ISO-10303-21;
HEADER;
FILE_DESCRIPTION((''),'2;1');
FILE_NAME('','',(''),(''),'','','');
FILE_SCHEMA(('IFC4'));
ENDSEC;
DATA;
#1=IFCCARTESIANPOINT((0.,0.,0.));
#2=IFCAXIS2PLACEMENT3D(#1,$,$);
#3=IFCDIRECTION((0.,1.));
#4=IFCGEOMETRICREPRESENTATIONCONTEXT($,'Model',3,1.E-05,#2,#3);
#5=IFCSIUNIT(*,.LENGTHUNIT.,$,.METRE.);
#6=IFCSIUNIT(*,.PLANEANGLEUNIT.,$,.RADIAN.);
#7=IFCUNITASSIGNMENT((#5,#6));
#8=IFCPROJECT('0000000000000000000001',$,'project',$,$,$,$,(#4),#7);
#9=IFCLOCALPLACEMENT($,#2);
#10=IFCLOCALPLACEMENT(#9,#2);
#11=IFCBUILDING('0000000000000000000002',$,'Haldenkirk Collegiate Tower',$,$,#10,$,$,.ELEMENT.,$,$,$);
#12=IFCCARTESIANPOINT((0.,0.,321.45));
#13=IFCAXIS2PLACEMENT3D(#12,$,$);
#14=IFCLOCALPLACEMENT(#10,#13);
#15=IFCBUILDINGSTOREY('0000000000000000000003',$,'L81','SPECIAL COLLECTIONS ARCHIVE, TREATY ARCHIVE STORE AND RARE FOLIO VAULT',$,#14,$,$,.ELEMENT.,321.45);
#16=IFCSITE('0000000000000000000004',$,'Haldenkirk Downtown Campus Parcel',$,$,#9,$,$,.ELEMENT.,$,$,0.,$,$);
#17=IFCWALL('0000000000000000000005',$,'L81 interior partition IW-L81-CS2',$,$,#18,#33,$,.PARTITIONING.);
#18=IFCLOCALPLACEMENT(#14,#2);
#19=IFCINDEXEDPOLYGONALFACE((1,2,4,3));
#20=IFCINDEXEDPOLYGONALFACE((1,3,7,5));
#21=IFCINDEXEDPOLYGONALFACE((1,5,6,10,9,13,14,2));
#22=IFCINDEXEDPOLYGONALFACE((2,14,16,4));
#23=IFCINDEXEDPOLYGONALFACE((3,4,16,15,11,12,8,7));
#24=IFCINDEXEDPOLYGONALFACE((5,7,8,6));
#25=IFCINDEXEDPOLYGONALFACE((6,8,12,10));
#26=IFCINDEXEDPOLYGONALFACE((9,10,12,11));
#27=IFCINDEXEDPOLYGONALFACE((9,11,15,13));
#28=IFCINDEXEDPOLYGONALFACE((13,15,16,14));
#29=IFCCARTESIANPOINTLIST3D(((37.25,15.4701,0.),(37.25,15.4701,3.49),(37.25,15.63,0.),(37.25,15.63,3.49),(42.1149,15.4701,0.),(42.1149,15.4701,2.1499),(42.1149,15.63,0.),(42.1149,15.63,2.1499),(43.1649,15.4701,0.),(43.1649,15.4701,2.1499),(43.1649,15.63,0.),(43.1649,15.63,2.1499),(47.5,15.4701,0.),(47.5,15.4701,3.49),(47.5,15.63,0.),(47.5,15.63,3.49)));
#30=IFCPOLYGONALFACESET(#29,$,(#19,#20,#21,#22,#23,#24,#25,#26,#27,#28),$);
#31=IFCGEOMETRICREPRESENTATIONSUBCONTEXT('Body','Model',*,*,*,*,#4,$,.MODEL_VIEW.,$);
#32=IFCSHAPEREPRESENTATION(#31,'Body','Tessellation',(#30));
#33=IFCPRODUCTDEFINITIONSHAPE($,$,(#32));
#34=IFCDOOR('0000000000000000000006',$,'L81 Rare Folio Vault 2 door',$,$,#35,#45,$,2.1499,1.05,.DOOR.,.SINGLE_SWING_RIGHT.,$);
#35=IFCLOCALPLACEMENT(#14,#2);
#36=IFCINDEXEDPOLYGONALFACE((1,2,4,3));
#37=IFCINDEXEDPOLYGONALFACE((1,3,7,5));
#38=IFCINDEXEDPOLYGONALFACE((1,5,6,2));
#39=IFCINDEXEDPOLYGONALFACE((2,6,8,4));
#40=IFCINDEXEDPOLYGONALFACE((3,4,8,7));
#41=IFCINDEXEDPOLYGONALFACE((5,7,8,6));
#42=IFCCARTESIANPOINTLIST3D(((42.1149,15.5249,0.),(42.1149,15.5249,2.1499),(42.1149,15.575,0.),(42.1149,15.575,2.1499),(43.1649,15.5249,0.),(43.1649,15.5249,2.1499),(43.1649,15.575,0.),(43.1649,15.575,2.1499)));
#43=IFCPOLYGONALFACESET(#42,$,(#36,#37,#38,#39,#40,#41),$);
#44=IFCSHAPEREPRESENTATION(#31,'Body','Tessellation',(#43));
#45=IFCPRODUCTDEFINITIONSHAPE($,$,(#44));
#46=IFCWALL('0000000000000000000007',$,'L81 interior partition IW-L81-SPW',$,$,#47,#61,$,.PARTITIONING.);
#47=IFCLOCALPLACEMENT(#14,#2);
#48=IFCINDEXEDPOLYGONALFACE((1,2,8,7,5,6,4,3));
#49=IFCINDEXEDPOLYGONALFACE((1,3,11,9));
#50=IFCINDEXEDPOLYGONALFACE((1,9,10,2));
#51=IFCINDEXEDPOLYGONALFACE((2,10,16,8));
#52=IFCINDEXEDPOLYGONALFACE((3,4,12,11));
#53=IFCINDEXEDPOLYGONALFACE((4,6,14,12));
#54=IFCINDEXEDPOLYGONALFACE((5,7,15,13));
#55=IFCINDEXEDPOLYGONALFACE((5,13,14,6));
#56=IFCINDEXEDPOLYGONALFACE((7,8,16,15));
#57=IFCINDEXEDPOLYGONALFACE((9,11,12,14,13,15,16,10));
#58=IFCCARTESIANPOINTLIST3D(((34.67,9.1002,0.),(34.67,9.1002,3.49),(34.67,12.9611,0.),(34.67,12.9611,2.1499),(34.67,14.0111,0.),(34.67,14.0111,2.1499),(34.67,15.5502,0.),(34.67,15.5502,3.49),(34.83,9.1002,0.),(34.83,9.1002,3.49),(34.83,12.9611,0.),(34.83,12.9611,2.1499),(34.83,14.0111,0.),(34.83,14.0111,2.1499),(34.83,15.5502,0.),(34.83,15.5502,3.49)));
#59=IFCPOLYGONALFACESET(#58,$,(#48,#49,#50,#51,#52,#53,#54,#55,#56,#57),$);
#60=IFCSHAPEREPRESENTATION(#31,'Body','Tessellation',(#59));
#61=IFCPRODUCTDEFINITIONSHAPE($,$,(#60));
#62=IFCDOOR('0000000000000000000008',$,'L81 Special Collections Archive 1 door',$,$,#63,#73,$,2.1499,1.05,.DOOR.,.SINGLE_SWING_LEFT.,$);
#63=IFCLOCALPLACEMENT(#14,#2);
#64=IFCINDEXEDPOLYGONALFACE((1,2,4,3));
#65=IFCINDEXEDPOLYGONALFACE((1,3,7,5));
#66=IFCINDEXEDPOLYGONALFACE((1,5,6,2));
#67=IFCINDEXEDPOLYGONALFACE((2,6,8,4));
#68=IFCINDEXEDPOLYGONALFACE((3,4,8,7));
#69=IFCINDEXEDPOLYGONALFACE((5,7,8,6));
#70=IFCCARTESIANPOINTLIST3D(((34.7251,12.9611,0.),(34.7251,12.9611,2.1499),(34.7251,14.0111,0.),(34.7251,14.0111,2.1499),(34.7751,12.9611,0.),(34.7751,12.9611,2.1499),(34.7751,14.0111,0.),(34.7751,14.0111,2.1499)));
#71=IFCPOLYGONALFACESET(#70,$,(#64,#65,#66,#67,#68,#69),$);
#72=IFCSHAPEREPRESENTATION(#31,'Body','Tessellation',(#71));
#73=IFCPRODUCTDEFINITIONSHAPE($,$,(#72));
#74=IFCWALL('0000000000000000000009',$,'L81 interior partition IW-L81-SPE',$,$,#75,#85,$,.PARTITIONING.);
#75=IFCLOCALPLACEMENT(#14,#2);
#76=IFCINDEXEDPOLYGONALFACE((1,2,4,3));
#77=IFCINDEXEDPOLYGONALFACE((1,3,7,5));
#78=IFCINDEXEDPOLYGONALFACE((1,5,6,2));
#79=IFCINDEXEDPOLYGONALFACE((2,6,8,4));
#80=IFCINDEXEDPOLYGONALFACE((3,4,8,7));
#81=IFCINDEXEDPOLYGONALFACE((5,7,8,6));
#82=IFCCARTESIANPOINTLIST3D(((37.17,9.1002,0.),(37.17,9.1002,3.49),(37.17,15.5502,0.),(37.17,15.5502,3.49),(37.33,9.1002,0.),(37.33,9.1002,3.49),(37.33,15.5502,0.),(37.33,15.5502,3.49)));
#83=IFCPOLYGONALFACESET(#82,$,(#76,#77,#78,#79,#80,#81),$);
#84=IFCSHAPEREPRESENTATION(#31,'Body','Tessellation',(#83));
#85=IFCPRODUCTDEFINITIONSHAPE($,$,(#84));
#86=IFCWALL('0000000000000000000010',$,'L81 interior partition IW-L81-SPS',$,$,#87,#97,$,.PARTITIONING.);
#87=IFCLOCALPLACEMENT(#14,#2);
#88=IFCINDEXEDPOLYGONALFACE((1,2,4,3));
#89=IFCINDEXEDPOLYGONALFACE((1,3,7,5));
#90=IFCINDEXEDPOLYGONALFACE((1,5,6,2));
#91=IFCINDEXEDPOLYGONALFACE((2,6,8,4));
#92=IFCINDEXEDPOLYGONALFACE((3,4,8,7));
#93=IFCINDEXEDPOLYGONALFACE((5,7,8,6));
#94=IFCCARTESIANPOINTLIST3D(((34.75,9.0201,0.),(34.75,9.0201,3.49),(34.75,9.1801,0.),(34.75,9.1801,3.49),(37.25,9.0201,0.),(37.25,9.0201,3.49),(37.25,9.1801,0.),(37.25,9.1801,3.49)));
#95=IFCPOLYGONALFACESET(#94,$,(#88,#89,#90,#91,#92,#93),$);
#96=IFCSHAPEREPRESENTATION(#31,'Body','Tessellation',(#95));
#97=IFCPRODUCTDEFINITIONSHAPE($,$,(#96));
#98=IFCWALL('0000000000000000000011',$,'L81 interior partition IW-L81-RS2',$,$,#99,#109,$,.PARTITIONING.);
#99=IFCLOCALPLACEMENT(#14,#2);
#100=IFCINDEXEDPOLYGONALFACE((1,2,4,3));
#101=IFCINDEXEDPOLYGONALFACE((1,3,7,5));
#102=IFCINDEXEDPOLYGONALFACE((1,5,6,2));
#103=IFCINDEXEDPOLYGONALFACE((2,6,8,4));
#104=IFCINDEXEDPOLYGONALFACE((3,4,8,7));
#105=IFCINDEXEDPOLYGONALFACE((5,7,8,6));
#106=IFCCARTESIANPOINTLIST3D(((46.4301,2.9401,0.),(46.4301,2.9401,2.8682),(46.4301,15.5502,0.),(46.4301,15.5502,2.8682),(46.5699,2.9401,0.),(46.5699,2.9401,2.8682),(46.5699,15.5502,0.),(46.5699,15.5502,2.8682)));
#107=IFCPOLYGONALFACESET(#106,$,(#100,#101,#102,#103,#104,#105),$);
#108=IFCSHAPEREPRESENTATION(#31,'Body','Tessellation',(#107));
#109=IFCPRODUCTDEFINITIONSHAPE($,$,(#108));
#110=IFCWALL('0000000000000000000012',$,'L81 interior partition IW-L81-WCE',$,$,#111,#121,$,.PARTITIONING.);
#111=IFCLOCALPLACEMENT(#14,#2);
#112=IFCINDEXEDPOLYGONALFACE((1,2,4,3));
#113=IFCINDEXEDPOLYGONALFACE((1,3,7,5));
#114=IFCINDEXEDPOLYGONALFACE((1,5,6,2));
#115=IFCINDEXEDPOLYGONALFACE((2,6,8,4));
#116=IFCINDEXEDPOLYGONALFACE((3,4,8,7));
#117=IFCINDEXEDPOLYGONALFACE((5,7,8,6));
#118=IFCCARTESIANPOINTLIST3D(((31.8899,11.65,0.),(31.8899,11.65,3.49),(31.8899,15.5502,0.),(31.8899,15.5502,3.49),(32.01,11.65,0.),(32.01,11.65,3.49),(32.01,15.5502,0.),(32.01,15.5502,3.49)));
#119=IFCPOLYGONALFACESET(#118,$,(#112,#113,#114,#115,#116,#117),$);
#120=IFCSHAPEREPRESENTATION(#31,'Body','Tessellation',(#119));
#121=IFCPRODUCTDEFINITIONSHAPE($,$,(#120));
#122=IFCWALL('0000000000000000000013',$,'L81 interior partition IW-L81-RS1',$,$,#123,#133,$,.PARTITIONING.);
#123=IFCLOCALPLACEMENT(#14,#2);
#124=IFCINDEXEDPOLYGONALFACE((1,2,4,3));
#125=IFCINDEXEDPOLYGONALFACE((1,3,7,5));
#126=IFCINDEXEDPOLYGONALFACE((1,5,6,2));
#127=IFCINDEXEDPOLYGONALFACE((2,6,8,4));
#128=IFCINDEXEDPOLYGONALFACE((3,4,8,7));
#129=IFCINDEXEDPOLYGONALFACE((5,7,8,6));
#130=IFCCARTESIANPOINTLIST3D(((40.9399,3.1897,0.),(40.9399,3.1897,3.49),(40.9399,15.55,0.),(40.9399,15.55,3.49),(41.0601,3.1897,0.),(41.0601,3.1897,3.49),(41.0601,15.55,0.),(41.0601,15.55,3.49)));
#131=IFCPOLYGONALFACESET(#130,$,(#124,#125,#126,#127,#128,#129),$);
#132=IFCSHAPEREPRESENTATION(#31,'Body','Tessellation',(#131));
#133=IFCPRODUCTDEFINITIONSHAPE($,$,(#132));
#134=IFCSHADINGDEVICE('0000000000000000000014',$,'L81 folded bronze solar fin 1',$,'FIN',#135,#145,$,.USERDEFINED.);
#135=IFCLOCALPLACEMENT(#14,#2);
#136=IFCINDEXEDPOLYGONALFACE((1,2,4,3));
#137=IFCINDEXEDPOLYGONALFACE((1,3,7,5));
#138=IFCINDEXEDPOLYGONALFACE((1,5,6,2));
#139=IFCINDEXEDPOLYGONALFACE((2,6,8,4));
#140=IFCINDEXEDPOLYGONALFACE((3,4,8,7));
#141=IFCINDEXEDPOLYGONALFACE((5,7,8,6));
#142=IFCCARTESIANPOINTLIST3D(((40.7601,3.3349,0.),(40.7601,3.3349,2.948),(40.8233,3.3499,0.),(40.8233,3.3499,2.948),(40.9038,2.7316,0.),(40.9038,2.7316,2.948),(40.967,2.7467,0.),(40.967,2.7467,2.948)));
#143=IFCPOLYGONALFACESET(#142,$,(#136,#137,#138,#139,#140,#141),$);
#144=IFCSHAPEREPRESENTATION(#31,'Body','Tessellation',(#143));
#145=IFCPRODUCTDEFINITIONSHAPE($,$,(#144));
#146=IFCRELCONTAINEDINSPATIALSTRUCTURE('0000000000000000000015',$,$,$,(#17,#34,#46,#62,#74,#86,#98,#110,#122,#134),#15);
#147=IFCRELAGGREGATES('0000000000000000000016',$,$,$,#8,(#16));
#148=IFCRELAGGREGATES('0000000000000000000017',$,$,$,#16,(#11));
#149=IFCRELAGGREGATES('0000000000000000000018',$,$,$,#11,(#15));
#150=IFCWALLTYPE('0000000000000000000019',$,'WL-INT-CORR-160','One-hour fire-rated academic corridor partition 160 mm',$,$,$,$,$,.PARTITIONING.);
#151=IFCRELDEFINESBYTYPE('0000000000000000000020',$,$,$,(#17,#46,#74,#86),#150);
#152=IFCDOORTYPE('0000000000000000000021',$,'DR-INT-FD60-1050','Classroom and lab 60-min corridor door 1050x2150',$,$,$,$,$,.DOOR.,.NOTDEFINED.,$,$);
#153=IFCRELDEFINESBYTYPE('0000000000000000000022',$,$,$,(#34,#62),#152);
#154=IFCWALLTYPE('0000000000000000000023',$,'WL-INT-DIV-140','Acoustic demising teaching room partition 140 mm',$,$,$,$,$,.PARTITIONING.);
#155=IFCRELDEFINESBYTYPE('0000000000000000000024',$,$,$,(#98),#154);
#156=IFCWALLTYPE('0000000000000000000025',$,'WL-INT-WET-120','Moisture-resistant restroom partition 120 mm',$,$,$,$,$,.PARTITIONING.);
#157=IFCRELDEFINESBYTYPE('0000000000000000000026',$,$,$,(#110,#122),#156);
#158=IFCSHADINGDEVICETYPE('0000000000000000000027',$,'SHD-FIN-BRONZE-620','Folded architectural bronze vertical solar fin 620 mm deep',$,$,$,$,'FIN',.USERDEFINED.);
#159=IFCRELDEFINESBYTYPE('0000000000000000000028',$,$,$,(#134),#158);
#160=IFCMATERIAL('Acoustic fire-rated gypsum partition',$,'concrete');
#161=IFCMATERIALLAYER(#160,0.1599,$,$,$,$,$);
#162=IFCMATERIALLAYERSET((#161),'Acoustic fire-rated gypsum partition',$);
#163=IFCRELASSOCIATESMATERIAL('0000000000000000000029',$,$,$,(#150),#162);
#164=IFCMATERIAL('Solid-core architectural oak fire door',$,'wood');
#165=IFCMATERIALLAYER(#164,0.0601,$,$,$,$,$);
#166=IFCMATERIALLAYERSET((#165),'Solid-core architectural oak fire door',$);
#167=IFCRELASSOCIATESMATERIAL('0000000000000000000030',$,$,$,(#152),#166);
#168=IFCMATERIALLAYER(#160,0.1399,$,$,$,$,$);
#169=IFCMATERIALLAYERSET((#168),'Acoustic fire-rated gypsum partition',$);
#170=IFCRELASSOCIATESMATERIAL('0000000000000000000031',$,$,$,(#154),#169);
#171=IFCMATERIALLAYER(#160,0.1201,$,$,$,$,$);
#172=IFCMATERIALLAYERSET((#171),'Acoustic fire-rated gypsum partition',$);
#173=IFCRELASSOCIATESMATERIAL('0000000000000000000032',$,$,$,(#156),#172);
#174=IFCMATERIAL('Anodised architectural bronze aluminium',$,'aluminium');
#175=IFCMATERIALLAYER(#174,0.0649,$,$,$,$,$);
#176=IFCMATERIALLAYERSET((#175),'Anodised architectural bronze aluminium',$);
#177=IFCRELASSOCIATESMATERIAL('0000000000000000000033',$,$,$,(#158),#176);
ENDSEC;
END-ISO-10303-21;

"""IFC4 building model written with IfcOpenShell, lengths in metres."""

from ifc_helpers import new_model, si_unit, direction, frame, frame_2d, origin, origin_2d, place, context, subcontext, project, spatial, rectangle, extrude, source, transform, mapped, material, layer, layer_set, type_object, element, fill, save


model = new_model("IFC4")

# Units and contexts
model_context = context("Model", 3, precision=1e-05, world=origin(), true_north=direction((0.0, 1.0)))
body_context = subcontext(model_context, "Body", "Model", "MODEL_VIEW")
ifc_project = project(units=[si_unit("LENGTHUNIT", "METRE"), si_unit("PLANEANGLEUNIT", "RADIAN")], contexts=[model_context])

# Site, building, storey
site_placement = place(None, origin())
site = spatial("IfcSite", under=ifc_project, at=site_placement, Name="Haldenkirk Downtown Campus Parcel", CompositionType="ELEMENT", RefElevation=0.0)
building_placement = place(site_placement, origin())
building = spatial("IfcBuilding", under=site, at=building_placement, Name="Haldenkirk Collegiate Tower", CompositionType="ELEMENT")
storey_placement = place(building_placement, frame((0.0, 0.0, 321.45)))
storey = spatial("IfcBuildingStorey", under=building, at=storey_placement, Name="L81", Description="SPECIAL COLLECTIONS ARCHIVE, TREATY ARCHIVE STORE AND RARE FOLIO VAULT", CompositionType="ELEMENT", Elevation=321.45)

# Shared definitions
ifc_material_1 = material(Name="Anodised architectural bronze aluminium", Category="aluminium")

# Walls, openings, doors
ifc_material_2 = material(Name="Acoustic fire-rated gypsum partition", Category="concrete")
ifc_layer_1 = layer(ifc_material_2, 0.1599)
ifc_layer_set_1 = layer_set([ifc_layer_1], Name="Acoustic fire-rated gypsum partition")
wall_type_1 = type_object("IfcWallType", Name="WL-INT-CORR-160", Description="One-hour fire-rated academic corridor partition 160 mm", PredefinedType="PARTITIONING", material=ifc_layer_set_1)
wall_1_placement = place(storey_placement, frame((37.25, 15.55, 0.0), z_axis=(0.0, 0.0, 1.0), x_axis=(1.0, 0.0, 0.0)))
wall_1 = element("IfcWall", 1, at=wall_1_placement, inside=storey, type_object=wall_type_1, Name="L81 interior partition IW-L81-CS2", PredefinedType="PARTITIONING", context=body_context, shape_type="SweptSolid", body=[
    extrude(rectangle(XDim=10.25, YDim=0.1599, at=frame_2d((5.125, 0.0))), origin(), (0.0, 0.0, 1.0), 3.49),
])
opening_1_placement = place(wall_1_placement, frame((4.865, 0.0, 0.0)))
opening_1 = element("IfcOpeningElement", 2, at=opening_1_placement, cuts=wall_1, PredefinedType="OPENING", context=body_context, shape_type="SweptSolid", body=[
    extrude(rectangle(XDim=1.05, YDim=2.1499, at=frame_2d((0.5249, 1.075))), frame((0.0, 0.0898, 0.0), z_axis=(0.0, -1.0, 0.0), x_axis=(1.0, 0.0, 0.0)), (0.0, 0.0, 1.0), 0.1799),
])
ifc_material_3 = material(Name="Solid-core architectural oak fire door", Category="wood")
ifc_layer_2 = layer(ifc_material_3, 0.0601)
ifc_layer_set_2 = layer_set([ifc_layer_2], Name="Solid-core architectural oak fire door")
door_type = type_object("IfcDoorType", Name="DR-INT-FD60-1050", Description="Classroom and lab 60-min corridor door 1050x2150", OperationType="NOTDEFINED", PredefinedType="DOOR", material=ifc_layer_set_2)
door_1_placement = place(opening_1_placement, origin())
door_1 = element("IfcDoor", 3, at=door_1_placement, inside=storey, type_object=door_type, Name="L81 Rare Folio Vault 2 door", OperationType="SINGLE_SWING_RIGHT", OverallHeight=2.1499, OverallWidth=1.05, PredefinedType="DOOR", context=body_context, shape_type="SweptSolid", body=[
    extrude(rectangle(XDim=1.05, YDim=2.1499, at=frame_2d((0.5249, 1.075))), frame((0.0, 0.0249, 0.0), z_axis=(0.0, -1.0, 0.0), x_axis=(1.0, 0.0, 0.0)), (0.0, 0.0, 1.0), 0.05),
])
fill(opening_1, door_1)
wall_2_placement = place(storey_placement, frame((34.75, 9.1001, 0.0), z_axis=(0.0, 0.0, 1.0), x_axis=(0.0, 1.0, 0.0)))
wall_2 = element("IfcWall", 4, at=wall_2_placement, inside=storey, type_object=wall_type_1, Name="L81 interior partition IW-L81-SPW", PredefinedType="PARTITIONING", context=body_context, shape_type="SweptSolid", body=[
    extrude(rectangle(XDim=6.45, YDim=0.1599, at=frame_2d((3.2251, 0.0))), origin(), (0.0, 0.0, 1.0), 3.49),
])
opening_2_placement = place(wall_2_placement, frame((3.8611, 0.0, 0.0)))
opening_2 = element("IfcOpeningElement", 5, at=opening_2_placement, cuts=wall_2, PredefinedType="OPENING", context=body_context, shape_type="SweptSolid", body=[
    extrude(rectangle(XDim=1.05, YDim=2.1499, at=frame_2d((0.5249, 1.075))), frame((0.0, 0.0898, 0.0), z_axis=(0.0, -1.0, 0.0), x_axis=(1.0, 0.0, 0.0)), (0.0, 0.0, 1.0), 0.1799),
])
door_2_placement = place(opening_2_placement, origin())
door_2 = element("IfcDoor", 6, at=door_2_placement, inside=storey, type_object=door_type, Name="L81 Special Collections Archive 1 door", OperationType="SINGLE_SWING_LEFT", OverallHeight=2.1499, OverallWidth=1.05, PredefinedType="DOOR", context=body_context, shape_type="SweptSolid", body=[
    extrude(rectangle(XDim=1.05, YDim=2.1499, at=frame_2d((0.5249, 1.075))), frame((0.0, 0.0249, 0.0), z_axis=(0.0, -1.0, 0.0), x_axis=(1.0, 0.0, 0.0)), (0.0, 0.0, 1.0), 0.05),
])
fill(opening_2, door_2)

# Walls
wall_3_placement = place(storey_placement, frame((37.25, 9.1001, 0.0), z_axis=(0.0, 0.0, 1.0), x_axis=(0.0, 1.0, 0.0)))
element("IfcWall", 7, at=wall_3_placement, inside=storey, type_object=wall_type_1, Name="L81 interior partition IW-L81-SPE", PredefinedType="PARTITIONING", context=body_context, shape_type="SweptSolid", body=[
    extrude(rectangle(XDim=6.45, YDim=0.1599, at=frame_2d((3.2251, 0.0))), origin(), (0.0, 0.0, 1.0), 3.49),
])
wall_4_placement = place(storey_placement, frame((34.75, 9.1001, 0.0), z_axis=(0.0, 0.0, 1.0), x_axis=(1.0, 0.0, 0.0)))
element("IfcWall", 8, at=wall_4_placement, inside=storey, type_object=wall_type_1, Name="L81 interior partition IW-L81-SPS", PredefinedType="PARTITIONING", context=body_context, shape_type="SweptSolid", body=[
    extrude(rectangle(XDim=2.5, YDim=0.1599, at=frame_2d((1.25, 0.0))), origin(), (0.0, 0.0, 1.0), 3.49),
])
ifc_layer_3 = layer(ifc_material_2, 0.1399)
ifc_layer_set_3 = layer_set([ifc_layer_3], Name="Acoustic fire-rated gypsum partition")
wall_type_2 = type_object("IfcWallType", Name="WL-INT-DIV-140", Description="Acoustic demising teaching room partition 140 mm", PredefinedType="PARTITIONING", material=ifc_layer_set_3)
wall_5_placement = place(storey_placement, frame((46.5, 2.9399, 0.0), z_axis=(0.0, 0.0, 1.0), x_axis=(0.0, 1.0, 0.0)))
element("IfcWall", 9, at=wall_5_placement, inside=storey, type_object=wall_type_2, Name="L81 interior partition IW-L81-RS2", PredefinedType="PARTITIONING", context=body_context, shape_type="SweptSolid", body=[
    extrude(rectangle(XDim=12.6101, YDim=0.1399, at=frame_2d((6.3052, 0.0))), origin(), (0.0, 0.0, 1.0), 2.8682),
])
ifc_layer_4 = layer(ifc_material_2, 0.1201)
ifc_layer_set_4 = layer_set([ifc_layer_4], Name="Acoustic fire-rated gypsum partition")
wall_type_3 = type_object("IfcWallType", Name="WL-INT-WET-120", Description="Moisture-resistant restroom partition 120 mm", PredefinedType="PARTITIONING", material=ifc_layer_set_4)
wall_6_placement = place(storey_placement, frame((31.95, 11.6499, 0.0), z_axis=(0.0, 0.0, 1.0), x_axis=(0.0, 1.0, 0.0)))
element("IfcWall", 10, at=wall_6_placement, inside=storey, type_object=wall_type_3, Name="L81 interior partition IW-L81-WCE", PredefinedType="PARTITIONING", context=body_context, shape_type="SweptSolid", body=[
    extrude(rectangle(XDim=3.9001, YDim=0.1201, at=frame_2d((1.9502, 0.0))), origin(), (0.0, 0.0, 1.0), 3.49),
])
wall_7_placement = place(storey_placement, frame((41.0, 3.1897, 0.0), z_axis=(0.0, 0.0, 1.0), x_axis=(0.0, 1.0, 0.0)))
element("IfcWall", 11, at=wall_7_placement, inside=storey, type_object=wall_type_3, Name="L81 interior partition IW-L81-RS1", PredefinedType="PARTITIONING", context=body_context, shape_type="SweptSolid", body=[
    extrude(rectangle(XDim=12.3604, YDim=0.1201, at=frame_2d((6.1802, 0.0))), origin(), (0.0, 0.0, 1.0), 3.49),
])

# Shading device
ifc_layer_5 = layer(ifc_material_1, 0.0649)
ifc_layer_set_5 = layer_set([ifc_layer_5], Name="Anodised architectural bronze aluminium")
shading_device_type = type_object("IfcShadingDeviceType", Name="SHD-FIN-BRONZE-620", Description="Folded architectural bronze vertical solar fin 620 mm deep", ElementType="FIN", PredefinedType="USERDEFINED", material=ifc_layer_set_5)
shared_shape_1 = source(origin(), body_context, "Body", "SweptSolid", [
    extrude(rectangle(XDim=0.6201, YDim=0.0649, at=origin_2d()), origin(), (0.0, 0.0, 1.0), 2.948),
])
shading_device_placement = place(storey_placement, frame((40.8635, 3.0408, 0.0), z_axis=(0.0, 0.0, 1.0), x_axis=(0.231748, -0.972776, 0.0)))
element("IfcShadingDevice", 12, at=shading_device_placement, inside=storey, type_object=shading_device_type, Name="L81 folded bronze solar fin 1", ObjectType="FIN", PredefinedType="USERDEFINED", context=body_context, shape_type="MappedRepresentation", body=[
    mapped(shared_shape_1, transform((0.0, 0.0, 0.0), x_axis=(1.0, 0.0, 0.0), y_axis=(0.0, 1.0, 0.0), z_axis=(0.0, 0.0, 1.0), scale=1.0)),
])

save(model, "model.ifc")
